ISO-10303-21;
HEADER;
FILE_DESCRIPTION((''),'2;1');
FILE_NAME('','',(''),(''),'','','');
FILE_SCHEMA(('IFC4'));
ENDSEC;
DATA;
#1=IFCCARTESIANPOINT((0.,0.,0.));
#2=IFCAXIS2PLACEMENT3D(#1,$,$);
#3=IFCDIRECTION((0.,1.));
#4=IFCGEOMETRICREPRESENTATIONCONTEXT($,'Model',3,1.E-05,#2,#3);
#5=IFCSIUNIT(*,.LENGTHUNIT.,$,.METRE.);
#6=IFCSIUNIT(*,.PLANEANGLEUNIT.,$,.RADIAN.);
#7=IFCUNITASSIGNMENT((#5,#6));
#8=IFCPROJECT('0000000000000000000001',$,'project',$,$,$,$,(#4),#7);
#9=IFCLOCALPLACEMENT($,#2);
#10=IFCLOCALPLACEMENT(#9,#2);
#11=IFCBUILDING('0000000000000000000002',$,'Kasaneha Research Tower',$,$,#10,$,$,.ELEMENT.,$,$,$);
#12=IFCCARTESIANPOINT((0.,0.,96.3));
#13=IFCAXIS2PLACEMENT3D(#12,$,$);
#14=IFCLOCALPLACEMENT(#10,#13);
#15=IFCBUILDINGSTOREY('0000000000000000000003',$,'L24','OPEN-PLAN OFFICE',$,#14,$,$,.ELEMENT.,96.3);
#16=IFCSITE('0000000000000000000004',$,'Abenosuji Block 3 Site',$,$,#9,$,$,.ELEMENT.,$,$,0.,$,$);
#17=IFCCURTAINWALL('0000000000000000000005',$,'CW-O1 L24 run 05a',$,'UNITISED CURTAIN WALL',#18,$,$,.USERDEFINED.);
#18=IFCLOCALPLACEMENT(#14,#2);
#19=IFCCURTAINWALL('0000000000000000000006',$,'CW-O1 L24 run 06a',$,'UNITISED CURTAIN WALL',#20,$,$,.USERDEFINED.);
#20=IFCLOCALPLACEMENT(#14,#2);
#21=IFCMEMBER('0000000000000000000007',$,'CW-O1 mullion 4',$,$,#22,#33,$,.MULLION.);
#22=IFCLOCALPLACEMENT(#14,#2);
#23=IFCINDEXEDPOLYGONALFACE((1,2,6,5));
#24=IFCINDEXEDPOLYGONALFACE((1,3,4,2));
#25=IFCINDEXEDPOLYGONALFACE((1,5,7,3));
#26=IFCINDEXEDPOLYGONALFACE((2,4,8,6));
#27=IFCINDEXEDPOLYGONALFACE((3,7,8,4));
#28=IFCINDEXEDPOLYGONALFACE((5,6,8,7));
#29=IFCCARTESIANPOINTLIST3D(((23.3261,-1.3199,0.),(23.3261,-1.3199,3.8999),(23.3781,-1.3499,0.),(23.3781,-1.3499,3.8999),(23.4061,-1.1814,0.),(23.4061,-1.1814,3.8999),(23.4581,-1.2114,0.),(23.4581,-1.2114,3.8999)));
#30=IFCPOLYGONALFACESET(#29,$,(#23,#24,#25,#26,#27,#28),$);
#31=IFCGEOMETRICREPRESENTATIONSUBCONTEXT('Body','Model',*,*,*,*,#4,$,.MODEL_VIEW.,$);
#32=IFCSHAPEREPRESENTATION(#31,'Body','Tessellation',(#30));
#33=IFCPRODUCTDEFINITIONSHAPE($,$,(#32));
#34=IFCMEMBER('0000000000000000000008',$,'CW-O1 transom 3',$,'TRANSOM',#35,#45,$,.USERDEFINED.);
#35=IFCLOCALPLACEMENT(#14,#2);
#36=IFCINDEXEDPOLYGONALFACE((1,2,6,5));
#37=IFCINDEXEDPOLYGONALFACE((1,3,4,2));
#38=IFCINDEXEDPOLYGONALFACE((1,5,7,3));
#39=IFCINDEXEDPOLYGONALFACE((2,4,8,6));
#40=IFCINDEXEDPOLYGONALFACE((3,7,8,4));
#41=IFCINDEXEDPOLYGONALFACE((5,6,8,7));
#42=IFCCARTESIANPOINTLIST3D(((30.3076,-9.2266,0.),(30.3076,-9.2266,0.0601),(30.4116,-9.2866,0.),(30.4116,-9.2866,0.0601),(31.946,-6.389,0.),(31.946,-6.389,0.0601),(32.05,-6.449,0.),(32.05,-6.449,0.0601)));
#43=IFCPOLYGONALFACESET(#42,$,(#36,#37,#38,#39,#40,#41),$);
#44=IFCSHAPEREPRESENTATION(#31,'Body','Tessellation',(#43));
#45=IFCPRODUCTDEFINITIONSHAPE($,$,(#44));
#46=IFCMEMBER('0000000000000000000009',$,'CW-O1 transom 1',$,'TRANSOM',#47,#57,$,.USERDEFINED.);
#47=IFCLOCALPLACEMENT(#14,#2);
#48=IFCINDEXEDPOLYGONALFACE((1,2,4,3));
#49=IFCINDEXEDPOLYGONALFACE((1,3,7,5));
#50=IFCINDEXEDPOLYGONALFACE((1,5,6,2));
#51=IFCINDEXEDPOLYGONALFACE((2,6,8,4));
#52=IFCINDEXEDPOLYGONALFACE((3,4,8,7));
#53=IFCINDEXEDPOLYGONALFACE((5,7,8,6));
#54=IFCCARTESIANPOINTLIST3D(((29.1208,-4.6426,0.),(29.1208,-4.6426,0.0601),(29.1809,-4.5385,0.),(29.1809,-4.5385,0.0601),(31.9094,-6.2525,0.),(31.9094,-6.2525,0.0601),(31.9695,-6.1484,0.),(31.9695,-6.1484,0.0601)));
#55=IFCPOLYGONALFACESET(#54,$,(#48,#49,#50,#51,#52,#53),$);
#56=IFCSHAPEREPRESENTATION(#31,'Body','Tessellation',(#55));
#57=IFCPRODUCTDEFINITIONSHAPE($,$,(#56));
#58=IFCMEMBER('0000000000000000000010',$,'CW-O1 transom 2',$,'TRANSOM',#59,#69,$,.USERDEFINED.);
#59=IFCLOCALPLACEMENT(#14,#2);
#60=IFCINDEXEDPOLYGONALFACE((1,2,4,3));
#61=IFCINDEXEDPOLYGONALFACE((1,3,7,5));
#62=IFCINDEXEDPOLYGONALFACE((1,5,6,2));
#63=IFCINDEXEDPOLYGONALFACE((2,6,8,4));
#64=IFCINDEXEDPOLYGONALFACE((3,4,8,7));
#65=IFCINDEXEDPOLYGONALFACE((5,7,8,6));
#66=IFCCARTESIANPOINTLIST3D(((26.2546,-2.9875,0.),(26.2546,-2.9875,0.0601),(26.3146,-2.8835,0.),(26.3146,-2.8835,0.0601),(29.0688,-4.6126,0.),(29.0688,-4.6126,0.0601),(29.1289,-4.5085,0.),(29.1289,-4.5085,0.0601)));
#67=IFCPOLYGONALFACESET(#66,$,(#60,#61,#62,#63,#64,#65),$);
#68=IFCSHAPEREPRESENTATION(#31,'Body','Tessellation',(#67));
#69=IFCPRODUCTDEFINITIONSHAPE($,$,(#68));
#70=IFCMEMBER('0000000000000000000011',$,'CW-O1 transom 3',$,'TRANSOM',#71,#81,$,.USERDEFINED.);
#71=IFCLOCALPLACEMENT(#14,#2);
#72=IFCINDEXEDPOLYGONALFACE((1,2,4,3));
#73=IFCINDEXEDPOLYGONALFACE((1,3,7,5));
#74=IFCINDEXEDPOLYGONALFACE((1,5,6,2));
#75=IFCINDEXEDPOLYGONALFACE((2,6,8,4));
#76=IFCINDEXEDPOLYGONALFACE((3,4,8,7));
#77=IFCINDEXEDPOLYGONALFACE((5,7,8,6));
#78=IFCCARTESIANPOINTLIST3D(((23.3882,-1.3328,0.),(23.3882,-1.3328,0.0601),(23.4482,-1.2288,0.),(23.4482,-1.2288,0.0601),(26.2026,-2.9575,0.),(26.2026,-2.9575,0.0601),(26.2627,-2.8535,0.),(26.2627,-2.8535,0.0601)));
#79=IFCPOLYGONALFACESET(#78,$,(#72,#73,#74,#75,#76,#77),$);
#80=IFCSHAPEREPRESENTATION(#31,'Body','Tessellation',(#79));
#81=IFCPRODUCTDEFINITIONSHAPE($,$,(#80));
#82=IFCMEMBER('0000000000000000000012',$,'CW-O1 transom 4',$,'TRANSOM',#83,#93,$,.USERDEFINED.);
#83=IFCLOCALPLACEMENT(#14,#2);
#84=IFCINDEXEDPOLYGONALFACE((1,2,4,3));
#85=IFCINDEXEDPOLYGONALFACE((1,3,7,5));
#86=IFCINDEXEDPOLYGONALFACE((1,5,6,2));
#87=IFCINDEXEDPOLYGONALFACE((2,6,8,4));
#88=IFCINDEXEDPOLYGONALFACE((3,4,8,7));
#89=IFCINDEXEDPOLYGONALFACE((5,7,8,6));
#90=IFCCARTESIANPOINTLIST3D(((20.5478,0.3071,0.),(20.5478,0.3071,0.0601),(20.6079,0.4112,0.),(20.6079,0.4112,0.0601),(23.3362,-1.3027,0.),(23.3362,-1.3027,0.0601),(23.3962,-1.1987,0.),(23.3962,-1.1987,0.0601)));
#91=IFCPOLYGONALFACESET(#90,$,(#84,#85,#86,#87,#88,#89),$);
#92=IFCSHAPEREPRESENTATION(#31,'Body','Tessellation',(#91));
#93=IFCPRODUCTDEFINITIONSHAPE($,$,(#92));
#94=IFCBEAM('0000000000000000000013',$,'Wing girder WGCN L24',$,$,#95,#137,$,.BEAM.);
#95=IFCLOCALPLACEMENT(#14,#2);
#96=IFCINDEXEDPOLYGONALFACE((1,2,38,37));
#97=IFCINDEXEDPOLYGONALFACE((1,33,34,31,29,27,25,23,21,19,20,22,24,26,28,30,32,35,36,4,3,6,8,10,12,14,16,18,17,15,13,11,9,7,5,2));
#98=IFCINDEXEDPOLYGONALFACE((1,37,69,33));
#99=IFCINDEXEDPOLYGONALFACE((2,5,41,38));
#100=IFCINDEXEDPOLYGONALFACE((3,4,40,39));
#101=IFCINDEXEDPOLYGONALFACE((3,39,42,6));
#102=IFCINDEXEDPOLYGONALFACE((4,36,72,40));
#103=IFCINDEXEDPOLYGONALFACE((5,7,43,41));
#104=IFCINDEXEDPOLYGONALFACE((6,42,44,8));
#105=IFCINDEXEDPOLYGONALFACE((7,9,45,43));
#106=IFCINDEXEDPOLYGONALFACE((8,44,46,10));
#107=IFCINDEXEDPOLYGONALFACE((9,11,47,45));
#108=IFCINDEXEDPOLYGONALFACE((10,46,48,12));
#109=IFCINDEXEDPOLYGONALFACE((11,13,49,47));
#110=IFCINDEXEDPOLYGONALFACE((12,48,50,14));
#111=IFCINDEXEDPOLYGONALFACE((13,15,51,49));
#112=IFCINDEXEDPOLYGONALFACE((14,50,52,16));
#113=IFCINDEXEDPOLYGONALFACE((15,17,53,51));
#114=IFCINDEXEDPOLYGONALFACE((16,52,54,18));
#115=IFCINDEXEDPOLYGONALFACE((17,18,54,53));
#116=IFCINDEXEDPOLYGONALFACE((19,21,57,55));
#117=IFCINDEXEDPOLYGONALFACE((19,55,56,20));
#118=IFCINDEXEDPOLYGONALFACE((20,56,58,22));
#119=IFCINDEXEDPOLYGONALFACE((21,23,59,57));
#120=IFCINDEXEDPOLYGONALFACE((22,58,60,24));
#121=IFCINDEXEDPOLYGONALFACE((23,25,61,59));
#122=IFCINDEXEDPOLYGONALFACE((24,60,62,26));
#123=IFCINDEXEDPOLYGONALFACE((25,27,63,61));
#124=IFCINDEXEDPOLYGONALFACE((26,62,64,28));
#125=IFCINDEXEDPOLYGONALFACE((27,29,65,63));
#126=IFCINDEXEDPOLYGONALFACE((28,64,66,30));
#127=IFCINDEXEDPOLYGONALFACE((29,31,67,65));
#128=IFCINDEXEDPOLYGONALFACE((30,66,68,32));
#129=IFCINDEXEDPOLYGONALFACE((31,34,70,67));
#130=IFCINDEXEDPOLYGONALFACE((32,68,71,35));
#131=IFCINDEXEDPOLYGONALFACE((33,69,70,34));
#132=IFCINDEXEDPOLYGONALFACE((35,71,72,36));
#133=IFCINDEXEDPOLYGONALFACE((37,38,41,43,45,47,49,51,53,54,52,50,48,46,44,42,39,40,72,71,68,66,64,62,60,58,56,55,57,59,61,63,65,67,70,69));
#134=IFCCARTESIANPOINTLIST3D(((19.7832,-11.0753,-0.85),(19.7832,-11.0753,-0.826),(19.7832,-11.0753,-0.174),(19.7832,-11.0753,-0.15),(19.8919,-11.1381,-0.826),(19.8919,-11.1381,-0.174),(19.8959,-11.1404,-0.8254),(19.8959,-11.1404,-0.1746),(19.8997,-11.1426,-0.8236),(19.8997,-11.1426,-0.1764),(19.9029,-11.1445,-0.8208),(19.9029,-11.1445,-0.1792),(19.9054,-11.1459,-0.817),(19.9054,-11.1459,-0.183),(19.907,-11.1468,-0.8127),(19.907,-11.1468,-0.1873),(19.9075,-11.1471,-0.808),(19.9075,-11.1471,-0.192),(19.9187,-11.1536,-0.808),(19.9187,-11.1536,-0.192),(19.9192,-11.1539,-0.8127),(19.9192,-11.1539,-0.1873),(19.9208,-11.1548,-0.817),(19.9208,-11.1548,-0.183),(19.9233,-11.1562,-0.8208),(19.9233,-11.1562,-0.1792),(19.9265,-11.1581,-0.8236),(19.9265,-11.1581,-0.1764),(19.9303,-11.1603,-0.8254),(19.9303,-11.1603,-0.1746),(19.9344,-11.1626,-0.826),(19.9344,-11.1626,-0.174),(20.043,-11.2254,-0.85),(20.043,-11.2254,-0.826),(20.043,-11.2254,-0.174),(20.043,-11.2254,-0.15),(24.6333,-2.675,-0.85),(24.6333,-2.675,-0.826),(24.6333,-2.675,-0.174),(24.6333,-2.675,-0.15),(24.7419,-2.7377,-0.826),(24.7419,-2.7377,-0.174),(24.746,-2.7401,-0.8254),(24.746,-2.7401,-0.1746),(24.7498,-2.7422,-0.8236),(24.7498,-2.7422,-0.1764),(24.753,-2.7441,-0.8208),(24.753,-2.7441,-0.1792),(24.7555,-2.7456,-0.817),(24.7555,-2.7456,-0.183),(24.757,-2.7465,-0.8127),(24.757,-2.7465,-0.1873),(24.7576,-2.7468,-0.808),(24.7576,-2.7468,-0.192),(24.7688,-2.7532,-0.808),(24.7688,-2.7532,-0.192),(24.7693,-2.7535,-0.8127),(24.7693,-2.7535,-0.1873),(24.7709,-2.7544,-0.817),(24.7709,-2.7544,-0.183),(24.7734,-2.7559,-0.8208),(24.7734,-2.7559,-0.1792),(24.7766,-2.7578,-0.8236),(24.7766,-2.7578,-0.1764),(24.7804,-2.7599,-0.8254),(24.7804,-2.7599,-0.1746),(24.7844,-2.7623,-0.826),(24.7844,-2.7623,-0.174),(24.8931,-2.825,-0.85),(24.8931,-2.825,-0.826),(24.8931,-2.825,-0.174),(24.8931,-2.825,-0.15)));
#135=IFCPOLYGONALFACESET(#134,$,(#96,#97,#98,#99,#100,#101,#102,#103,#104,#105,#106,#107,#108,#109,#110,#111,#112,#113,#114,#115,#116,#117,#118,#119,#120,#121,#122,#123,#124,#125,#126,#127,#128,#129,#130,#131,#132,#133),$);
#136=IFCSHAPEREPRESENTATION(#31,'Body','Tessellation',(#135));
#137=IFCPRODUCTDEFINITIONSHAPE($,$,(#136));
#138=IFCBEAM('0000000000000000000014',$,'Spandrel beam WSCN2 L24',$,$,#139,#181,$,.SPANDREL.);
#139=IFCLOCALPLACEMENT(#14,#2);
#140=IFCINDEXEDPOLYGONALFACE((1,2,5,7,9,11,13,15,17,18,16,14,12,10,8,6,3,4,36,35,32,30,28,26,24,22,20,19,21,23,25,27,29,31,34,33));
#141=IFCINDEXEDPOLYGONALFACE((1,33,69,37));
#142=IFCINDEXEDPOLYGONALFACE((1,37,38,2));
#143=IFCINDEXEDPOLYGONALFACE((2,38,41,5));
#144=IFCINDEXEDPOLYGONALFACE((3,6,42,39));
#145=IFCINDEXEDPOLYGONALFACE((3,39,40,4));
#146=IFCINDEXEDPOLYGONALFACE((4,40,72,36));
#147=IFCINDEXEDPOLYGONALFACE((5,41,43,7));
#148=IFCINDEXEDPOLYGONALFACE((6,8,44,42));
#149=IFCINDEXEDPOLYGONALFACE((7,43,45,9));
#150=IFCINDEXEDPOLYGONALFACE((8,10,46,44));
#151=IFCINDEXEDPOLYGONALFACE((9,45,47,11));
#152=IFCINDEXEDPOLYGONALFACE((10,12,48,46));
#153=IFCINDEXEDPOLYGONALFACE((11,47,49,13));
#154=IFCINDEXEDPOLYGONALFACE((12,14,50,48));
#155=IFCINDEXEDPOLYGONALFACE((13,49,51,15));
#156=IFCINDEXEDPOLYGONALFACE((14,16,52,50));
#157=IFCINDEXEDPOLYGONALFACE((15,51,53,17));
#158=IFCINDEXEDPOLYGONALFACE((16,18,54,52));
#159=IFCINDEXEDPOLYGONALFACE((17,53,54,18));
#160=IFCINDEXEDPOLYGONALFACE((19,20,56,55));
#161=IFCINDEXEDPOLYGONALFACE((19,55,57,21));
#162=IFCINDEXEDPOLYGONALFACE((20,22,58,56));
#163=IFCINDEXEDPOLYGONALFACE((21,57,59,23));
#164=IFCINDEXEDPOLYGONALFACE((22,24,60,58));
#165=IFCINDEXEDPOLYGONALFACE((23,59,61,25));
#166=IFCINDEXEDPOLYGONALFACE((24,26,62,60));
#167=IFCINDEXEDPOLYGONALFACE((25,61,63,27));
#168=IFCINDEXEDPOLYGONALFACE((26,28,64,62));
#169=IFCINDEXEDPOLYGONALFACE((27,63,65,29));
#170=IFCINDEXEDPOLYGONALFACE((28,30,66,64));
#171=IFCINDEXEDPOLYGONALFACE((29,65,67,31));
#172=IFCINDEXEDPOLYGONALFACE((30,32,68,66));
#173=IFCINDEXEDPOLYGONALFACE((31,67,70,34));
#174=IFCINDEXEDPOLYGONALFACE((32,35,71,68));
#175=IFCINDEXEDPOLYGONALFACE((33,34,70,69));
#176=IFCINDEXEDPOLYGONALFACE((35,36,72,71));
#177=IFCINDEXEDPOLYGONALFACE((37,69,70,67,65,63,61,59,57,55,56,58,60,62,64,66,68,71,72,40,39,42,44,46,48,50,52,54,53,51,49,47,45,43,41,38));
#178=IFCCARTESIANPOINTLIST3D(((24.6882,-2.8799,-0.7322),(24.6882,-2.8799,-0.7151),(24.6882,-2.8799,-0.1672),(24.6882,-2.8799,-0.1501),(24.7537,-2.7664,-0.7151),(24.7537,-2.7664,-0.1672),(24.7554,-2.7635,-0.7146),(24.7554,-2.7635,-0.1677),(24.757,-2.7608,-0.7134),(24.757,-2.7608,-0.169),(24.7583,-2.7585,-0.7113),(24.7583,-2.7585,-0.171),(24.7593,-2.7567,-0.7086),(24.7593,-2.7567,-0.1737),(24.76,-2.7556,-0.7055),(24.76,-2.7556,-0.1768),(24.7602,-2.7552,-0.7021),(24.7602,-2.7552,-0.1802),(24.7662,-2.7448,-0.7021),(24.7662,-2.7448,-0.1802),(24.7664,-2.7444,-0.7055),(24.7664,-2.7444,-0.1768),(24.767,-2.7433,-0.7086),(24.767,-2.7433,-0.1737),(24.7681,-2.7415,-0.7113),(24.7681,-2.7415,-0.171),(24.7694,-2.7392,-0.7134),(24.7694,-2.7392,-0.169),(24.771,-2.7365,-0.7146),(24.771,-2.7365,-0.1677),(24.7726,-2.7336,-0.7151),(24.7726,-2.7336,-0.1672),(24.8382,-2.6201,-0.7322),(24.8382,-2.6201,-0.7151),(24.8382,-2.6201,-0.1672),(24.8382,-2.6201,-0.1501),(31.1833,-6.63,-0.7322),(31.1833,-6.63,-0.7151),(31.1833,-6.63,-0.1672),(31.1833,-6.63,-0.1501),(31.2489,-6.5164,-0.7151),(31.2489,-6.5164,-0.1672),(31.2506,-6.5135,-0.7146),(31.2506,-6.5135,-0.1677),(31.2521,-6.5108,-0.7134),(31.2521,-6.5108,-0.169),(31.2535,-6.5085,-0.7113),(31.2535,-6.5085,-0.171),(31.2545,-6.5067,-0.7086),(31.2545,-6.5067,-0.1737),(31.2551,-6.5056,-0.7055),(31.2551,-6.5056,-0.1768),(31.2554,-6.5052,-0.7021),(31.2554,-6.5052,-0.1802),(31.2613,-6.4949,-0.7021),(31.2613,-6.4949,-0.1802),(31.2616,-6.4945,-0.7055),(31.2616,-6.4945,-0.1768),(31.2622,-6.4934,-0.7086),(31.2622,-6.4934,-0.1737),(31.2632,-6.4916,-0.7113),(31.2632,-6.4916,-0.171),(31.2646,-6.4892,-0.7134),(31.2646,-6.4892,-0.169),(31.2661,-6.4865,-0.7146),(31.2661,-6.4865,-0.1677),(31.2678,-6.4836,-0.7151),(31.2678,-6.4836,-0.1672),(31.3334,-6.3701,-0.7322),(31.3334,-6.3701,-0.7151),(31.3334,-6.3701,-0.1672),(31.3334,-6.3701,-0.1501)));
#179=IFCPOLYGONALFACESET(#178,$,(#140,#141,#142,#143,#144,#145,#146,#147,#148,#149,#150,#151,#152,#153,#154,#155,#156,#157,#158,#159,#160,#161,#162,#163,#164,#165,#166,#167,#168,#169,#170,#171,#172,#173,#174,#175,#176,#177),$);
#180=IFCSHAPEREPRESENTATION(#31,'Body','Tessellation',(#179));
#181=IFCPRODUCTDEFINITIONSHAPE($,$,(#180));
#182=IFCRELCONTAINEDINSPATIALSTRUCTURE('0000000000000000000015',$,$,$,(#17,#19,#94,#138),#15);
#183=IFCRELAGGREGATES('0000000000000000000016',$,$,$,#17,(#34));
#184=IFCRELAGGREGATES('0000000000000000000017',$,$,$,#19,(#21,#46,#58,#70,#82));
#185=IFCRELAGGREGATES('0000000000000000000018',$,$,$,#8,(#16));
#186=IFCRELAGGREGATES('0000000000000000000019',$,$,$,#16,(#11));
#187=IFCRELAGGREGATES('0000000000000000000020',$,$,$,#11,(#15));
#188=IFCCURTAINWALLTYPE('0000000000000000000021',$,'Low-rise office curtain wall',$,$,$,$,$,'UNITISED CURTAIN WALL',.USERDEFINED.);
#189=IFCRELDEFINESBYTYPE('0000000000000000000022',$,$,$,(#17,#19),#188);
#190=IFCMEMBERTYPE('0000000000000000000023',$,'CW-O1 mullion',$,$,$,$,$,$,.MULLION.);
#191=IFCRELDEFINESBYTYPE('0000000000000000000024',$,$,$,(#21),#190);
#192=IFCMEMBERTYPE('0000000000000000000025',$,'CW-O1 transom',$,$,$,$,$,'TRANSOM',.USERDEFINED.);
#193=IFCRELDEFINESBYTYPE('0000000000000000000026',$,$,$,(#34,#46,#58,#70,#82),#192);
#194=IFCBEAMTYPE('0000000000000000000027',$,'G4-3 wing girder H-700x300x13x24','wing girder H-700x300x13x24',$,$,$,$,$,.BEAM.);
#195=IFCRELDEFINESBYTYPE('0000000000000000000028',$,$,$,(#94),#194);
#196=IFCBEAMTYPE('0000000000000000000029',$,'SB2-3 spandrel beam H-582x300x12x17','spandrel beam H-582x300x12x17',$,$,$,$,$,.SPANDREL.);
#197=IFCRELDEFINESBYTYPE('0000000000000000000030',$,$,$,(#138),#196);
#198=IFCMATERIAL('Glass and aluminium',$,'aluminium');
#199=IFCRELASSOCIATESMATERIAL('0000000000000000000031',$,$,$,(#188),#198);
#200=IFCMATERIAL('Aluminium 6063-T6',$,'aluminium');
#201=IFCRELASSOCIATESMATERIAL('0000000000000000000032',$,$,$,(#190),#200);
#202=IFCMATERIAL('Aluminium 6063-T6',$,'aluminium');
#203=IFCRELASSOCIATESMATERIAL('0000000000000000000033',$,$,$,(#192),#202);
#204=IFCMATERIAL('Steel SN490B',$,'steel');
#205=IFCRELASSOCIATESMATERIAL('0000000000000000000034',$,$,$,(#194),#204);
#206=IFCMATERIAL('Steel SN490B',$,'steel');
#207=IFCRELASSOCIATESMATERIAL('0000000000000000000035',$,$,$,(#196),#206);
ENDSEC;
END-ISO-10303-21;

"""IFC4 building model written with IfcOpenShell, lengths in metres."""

from ifc_helpers import new_model, si_unit, direction, frame, origin, origin_2d, place, context, subcontext, project, spatial, rectangle, i_section, extrude, material, material_profile, profile_set, type_object, element, aggregate, save


model = new_model("IFC4")

# Units and contexts
model_context = context("Model", 3, precision=1e-05, world=origin(), true_north=direction((0.0, 1.0)))
body_context = subcontext(model_context, "Body", "Model", "MODEL_VIEW")
ifc_project = project(units=[si_unit("LENGTHUNIT", "METRE"), si_unit("PLANEANGLEUNIT", "RADIAN")], contexts=[model_context])

# Site, building, storey
site_placement = place(None, origin())
site = spatial("IfcSite", under=ifc_project, at=site_placement, Name="Abenosuji Block 3 Site", CompositionType="ELEMENT", RefElevation=0.0)
building_placement = place(site_placement, origin())
building = spatial("IfcBuilding", under=site, at=building_placement, Name="Kasaneha Research Tower", CompositionType="ELEMENT")
storey_placement = place(building_placement, frame((0.0, 0.0, 96.3)))
storey = spatial("IfcBuildingStorey", under=building, at=storey_placement, Name="L24", Description="OPEN-PLAN OFFICE", CompositionType="ELEMENT", Elevation=96.3)

# Curtain walls, member
ifc_material_1 = material(Name="Glass and aluminium", Category="aluminium")
curtain_wall_type = type_object("IfcCurtainWallType", Name="Low-rise office curtain wall", ElementType="UNITISED CURTAIN WALL", PredefinedType="USERDEFINED", material=ifc_material_1)
curtain_wall_1_placement = place(storey_placement, origin())
curtain_wall_1 = element("IfcCurtainWall", 1, at=curtain_wall_1_placement, inside=storey, type_object=curtain_wall_type, Name="CW-O1 L24 run 05a", ObjectType="UNITISED CURTAIN WALL", PredefinedType="USERDEFINED")
ifc_material_2 = material(Name="Aluminium 6063-T6", Category="aluminium")
ifc_material_profile_1 = material_profile(ifc_material_2, rectangle(XDim=0.0601, YDim=0.1599, at=origin_2d()), Name="CW-O1 mullion 60x160")
ifc_profile_set_1 = profile_set([ifc_material_profile_1], Name="Aluminium 6063-T6")
member_type_1 = type_object("IfcMemberType", Name="CW-O1 mullion", PredefinedType="MULLION", material=ifc_profile_set_1)
curtain_wall_2_placement = place(storey_placement, origin())
curtain_wall_2 = element("IfcCurtainWall", 2, at=curtain_wall_2_placement, inside=storey, type_object=curtain_wall_type, Name="CW-O1 L24 run 06a", ObjectType="UNITISED CURTAIN WALL", PredefinedType="USERDEFINED")
member_1_placement = place(storey_placement, frame((23.3921, -1.2656, 0.0), z_axis=(0.0, 0.0, 1.0), x_axis=(-0.866025, 0.5, 0.0)))
member_1 = element("IfcMember", 3, at=member_1_placement, type_object=member_type_1, Name="CW-O1 mullion 4", PredefinedType="MULLION", context=body_context, shape_type="SweptSolid", body=[
    extrude(rectangle(XDim=0.0601, YDim=0.1599, at=origin_2d()), origin(), (0.0, 0.0, 1.0), 3.8999),
])

# Members
ifc_material_3 = material(Name="Aluminium 6063-T6", Category="aluminium")
ifc_material_profile_2 = material_profile(ifc_material_3, rectangle(XDim=0.1201, YDim=0.0601, at=origin_2d()), Name="CW-O1 transom 120x60")
ifc_profile_set_2 = profile_set([ifc_material_profile_2], Name="Aluminium 6063-T6")
member_type_2 = type_object("IfcMemberType", Name="CW-O1 transom", ElementType="TRANSOM", PredefinedType="USERDEFINED", material=ifc_profile_set_2)
member_2_placement = place(storey_placement, frame((30.3596, -9.2566, 0.03), z_axis=(0.500026, 0.866011, 0.0), x_axis=(-0.866011, 0.500026, 0.0)))
member_2 = element("IfcMember", 4, at=member_2_placement, type_object=member_type_2, Name="CW-O1 transom 3", ObjectType="TRANSOM", PredefinedType="USERDEFINED", context=body_context, shape_type="SweptSolid", body=[
    extrude(rectangle(XDim=0.1201, YDim=0.0601, at=origin_2d()), origin(), (0.0, 0.0, 1.0), 3.2766),
])
member_3_placement = place(storey_placement, frame((31.9395, -6.2004, 0.03), z_axis=(-0.866042, 0.499972, 0.0), x_axis=(-0.499972, -0.866042, 0.0)))
member_3 = element("IfcMember", 5, at=member_3_placement, type_object=member_type_2, Name="CW-O1 transom 1", ObjectType="TRANSOM", PredefinedType="USERDEFINED", context=body_context, shape_type="SweptSolid", body=[
    extrude(rectangle(XDim=0.1201, YDim=0.0601, at=origin_2d()), origin(), (0.0, 0.0, 1.0), 3.22),
])
member_4_placement = place(storey_placement, frame((29.0989, -4.5605, 0.03), z_axis=(-0.865997, 0.50005, 0.0), x_axis=(-0.50005, -0.865997, 0.0)))
member_4 = element("IfcMember", 6, at=member_4_placement, type_object=member_type_2, Name="CW-O1 transom 2", ObjectType="TRANSOM", PredefinedType="USERDEFINED", context=body_context, shape_type="SweptSolid", body=[
    extrude(rectangle(XDim=0.1201, YDim=0.0601, at=origin_2d()), origin(), (0.0, 0.0, 1.0), 3.2498),
])
member_5_placement = place(storey_placement, frame((26.2327, -2.9055, 0.03), z_axis=(-0.866048, 0.499961, 0.0), x_axis=(-0.499961, -0.866048, 0.0)))
member_5 = element("IfcMember", 7, at=member_5_placement, type_object=member_type_2, Name="CW-O1 transom 3", ObjectType="TRANSOM", PredefinedType="USERDEFINED", context=body_context, shape_type="SweptSolid", body=[
    extrude(rectangle(XDim=0.1201, YDim=0.0601, at=origin_2d()), origin(), (0.0, 0.0, 1.0), 3.2498),
])
member_6_placement = place(storey_placement, frame((23.3662, -1.2507, 0.03), z_axis=(-0.866023, 0.500005, 0.0), x_axis=(-0.500005, -0.866023, 0.0)))
member_6 = element("IfcMember", 8, at=member_6_placement, type_object=member_type_2, Name="CW-O1 transom 4", ObjectType="TRANSOM", PredefinedType="USERDEFINED", context=body_context, shape_type="SweptSolid", body=[
    extrude(rectangle(XDim=0.1201, YDim=0.0601, at=origin_2d()), origin(), (0.0, 0.0, 1.0), 3.2197),
])

# Beams
ifc_material_4 = material(Name="Steel SN490B", Category="steel")
ifc_material_profile_3 = material_profile(ifc_material_4, i_section(OverallWidth=0.3, OverallDepth=0.7, WebThickness=0.0129, FlangeThickness=0.0239, FilletRadius=0.0181, at=origin_2d()), Name="H-700x300x13x24")
ifc_profile_set_3 = profile_set([ifc_material_profile_3], Name="Steel SN490B")
beam_type_1 = type_object("IfcBeamType", Name="G4-3 wing girder H-700x300x13x24", Description="wing girder H-700x300x13x24", PredefinedType="BEAM", material=ifc_profile_set_3)
beam_1_placement = place(storey_placement, frame((24.7632, -2.75, -0.5), z_axis=(-0.50001, -0.86602, 0.0), x_axis=(0.86602, -0.50001, 0.0)))
element("IfcBeam", 9, at=beam_1_placement, inside=storey, type_object=beam_type_1, Name="Wing girder WGCN L24", PredefinedType="BEAM", context=body_context, shape_type="SweptSolid", body=[
    extrude(i_section(OverallWidth=0.3, OverallDepth=0.7, WebThickness=0.0129, FlangeThickness=0.0239, FilletRadius=0.0181, at=origin_2d()), origin(), (0.0, 0.0, 1.0), 9.7),
])
ifc_material_5 = material(Name="Steel SN490B", Category="steel")
ifc_material_profile_4 = material_profile(ifc_material_5, i_section(OverallWidth=0.3, OverallDepth=0.582, WebThickness=0.012, FlangeThickness=0.0171, FilletRadius=0.0129, at=origin_2d()), Name="H-582x300x12x17")
ifc_profile_set_4 = profile_set([ifc_material_profile_4], Name="Steel SN490B")
beam_type_2 = type_object("IfcBeamType", Name="SB2-3 spandrel beam H-582x300x12x17", Description="spandrel beam H-582x300x12x17", PredefinedType="SPANDREL", material=ifc_profile_set_4)
beam_2_placement = place(storey_placement, frame((24.7632, -2.75, -0.4412), z_axis=(0.866023, -0.500004, 0.0), x_axis=(0.500004, 0.866023, 0.0)))
element("IfcBeam", 10, at=beam_2_placement, inside=storey, type_object=beam_type_2, Name="Spandrel beam WSCN2 L24", PredefinedType="SPANDREL", context=body_context, shape_type="SweptSolid", body=[
    extrude(i_section(OverallWidth=0.3, OverallDepth=0.582, WebThickness=0.012, FlangeThickness=0.0171, FilletRadius=0.0129, at=origin_2d()), origin(), (0.0, 0.0, 1.0), 7.5),
])

aggregate(curtain_wall_1, [member_2])
aggregate(curtain_wall_2, [member_1, member_3, member_4, member_5, member_6])

save(model, "model.ifc")
